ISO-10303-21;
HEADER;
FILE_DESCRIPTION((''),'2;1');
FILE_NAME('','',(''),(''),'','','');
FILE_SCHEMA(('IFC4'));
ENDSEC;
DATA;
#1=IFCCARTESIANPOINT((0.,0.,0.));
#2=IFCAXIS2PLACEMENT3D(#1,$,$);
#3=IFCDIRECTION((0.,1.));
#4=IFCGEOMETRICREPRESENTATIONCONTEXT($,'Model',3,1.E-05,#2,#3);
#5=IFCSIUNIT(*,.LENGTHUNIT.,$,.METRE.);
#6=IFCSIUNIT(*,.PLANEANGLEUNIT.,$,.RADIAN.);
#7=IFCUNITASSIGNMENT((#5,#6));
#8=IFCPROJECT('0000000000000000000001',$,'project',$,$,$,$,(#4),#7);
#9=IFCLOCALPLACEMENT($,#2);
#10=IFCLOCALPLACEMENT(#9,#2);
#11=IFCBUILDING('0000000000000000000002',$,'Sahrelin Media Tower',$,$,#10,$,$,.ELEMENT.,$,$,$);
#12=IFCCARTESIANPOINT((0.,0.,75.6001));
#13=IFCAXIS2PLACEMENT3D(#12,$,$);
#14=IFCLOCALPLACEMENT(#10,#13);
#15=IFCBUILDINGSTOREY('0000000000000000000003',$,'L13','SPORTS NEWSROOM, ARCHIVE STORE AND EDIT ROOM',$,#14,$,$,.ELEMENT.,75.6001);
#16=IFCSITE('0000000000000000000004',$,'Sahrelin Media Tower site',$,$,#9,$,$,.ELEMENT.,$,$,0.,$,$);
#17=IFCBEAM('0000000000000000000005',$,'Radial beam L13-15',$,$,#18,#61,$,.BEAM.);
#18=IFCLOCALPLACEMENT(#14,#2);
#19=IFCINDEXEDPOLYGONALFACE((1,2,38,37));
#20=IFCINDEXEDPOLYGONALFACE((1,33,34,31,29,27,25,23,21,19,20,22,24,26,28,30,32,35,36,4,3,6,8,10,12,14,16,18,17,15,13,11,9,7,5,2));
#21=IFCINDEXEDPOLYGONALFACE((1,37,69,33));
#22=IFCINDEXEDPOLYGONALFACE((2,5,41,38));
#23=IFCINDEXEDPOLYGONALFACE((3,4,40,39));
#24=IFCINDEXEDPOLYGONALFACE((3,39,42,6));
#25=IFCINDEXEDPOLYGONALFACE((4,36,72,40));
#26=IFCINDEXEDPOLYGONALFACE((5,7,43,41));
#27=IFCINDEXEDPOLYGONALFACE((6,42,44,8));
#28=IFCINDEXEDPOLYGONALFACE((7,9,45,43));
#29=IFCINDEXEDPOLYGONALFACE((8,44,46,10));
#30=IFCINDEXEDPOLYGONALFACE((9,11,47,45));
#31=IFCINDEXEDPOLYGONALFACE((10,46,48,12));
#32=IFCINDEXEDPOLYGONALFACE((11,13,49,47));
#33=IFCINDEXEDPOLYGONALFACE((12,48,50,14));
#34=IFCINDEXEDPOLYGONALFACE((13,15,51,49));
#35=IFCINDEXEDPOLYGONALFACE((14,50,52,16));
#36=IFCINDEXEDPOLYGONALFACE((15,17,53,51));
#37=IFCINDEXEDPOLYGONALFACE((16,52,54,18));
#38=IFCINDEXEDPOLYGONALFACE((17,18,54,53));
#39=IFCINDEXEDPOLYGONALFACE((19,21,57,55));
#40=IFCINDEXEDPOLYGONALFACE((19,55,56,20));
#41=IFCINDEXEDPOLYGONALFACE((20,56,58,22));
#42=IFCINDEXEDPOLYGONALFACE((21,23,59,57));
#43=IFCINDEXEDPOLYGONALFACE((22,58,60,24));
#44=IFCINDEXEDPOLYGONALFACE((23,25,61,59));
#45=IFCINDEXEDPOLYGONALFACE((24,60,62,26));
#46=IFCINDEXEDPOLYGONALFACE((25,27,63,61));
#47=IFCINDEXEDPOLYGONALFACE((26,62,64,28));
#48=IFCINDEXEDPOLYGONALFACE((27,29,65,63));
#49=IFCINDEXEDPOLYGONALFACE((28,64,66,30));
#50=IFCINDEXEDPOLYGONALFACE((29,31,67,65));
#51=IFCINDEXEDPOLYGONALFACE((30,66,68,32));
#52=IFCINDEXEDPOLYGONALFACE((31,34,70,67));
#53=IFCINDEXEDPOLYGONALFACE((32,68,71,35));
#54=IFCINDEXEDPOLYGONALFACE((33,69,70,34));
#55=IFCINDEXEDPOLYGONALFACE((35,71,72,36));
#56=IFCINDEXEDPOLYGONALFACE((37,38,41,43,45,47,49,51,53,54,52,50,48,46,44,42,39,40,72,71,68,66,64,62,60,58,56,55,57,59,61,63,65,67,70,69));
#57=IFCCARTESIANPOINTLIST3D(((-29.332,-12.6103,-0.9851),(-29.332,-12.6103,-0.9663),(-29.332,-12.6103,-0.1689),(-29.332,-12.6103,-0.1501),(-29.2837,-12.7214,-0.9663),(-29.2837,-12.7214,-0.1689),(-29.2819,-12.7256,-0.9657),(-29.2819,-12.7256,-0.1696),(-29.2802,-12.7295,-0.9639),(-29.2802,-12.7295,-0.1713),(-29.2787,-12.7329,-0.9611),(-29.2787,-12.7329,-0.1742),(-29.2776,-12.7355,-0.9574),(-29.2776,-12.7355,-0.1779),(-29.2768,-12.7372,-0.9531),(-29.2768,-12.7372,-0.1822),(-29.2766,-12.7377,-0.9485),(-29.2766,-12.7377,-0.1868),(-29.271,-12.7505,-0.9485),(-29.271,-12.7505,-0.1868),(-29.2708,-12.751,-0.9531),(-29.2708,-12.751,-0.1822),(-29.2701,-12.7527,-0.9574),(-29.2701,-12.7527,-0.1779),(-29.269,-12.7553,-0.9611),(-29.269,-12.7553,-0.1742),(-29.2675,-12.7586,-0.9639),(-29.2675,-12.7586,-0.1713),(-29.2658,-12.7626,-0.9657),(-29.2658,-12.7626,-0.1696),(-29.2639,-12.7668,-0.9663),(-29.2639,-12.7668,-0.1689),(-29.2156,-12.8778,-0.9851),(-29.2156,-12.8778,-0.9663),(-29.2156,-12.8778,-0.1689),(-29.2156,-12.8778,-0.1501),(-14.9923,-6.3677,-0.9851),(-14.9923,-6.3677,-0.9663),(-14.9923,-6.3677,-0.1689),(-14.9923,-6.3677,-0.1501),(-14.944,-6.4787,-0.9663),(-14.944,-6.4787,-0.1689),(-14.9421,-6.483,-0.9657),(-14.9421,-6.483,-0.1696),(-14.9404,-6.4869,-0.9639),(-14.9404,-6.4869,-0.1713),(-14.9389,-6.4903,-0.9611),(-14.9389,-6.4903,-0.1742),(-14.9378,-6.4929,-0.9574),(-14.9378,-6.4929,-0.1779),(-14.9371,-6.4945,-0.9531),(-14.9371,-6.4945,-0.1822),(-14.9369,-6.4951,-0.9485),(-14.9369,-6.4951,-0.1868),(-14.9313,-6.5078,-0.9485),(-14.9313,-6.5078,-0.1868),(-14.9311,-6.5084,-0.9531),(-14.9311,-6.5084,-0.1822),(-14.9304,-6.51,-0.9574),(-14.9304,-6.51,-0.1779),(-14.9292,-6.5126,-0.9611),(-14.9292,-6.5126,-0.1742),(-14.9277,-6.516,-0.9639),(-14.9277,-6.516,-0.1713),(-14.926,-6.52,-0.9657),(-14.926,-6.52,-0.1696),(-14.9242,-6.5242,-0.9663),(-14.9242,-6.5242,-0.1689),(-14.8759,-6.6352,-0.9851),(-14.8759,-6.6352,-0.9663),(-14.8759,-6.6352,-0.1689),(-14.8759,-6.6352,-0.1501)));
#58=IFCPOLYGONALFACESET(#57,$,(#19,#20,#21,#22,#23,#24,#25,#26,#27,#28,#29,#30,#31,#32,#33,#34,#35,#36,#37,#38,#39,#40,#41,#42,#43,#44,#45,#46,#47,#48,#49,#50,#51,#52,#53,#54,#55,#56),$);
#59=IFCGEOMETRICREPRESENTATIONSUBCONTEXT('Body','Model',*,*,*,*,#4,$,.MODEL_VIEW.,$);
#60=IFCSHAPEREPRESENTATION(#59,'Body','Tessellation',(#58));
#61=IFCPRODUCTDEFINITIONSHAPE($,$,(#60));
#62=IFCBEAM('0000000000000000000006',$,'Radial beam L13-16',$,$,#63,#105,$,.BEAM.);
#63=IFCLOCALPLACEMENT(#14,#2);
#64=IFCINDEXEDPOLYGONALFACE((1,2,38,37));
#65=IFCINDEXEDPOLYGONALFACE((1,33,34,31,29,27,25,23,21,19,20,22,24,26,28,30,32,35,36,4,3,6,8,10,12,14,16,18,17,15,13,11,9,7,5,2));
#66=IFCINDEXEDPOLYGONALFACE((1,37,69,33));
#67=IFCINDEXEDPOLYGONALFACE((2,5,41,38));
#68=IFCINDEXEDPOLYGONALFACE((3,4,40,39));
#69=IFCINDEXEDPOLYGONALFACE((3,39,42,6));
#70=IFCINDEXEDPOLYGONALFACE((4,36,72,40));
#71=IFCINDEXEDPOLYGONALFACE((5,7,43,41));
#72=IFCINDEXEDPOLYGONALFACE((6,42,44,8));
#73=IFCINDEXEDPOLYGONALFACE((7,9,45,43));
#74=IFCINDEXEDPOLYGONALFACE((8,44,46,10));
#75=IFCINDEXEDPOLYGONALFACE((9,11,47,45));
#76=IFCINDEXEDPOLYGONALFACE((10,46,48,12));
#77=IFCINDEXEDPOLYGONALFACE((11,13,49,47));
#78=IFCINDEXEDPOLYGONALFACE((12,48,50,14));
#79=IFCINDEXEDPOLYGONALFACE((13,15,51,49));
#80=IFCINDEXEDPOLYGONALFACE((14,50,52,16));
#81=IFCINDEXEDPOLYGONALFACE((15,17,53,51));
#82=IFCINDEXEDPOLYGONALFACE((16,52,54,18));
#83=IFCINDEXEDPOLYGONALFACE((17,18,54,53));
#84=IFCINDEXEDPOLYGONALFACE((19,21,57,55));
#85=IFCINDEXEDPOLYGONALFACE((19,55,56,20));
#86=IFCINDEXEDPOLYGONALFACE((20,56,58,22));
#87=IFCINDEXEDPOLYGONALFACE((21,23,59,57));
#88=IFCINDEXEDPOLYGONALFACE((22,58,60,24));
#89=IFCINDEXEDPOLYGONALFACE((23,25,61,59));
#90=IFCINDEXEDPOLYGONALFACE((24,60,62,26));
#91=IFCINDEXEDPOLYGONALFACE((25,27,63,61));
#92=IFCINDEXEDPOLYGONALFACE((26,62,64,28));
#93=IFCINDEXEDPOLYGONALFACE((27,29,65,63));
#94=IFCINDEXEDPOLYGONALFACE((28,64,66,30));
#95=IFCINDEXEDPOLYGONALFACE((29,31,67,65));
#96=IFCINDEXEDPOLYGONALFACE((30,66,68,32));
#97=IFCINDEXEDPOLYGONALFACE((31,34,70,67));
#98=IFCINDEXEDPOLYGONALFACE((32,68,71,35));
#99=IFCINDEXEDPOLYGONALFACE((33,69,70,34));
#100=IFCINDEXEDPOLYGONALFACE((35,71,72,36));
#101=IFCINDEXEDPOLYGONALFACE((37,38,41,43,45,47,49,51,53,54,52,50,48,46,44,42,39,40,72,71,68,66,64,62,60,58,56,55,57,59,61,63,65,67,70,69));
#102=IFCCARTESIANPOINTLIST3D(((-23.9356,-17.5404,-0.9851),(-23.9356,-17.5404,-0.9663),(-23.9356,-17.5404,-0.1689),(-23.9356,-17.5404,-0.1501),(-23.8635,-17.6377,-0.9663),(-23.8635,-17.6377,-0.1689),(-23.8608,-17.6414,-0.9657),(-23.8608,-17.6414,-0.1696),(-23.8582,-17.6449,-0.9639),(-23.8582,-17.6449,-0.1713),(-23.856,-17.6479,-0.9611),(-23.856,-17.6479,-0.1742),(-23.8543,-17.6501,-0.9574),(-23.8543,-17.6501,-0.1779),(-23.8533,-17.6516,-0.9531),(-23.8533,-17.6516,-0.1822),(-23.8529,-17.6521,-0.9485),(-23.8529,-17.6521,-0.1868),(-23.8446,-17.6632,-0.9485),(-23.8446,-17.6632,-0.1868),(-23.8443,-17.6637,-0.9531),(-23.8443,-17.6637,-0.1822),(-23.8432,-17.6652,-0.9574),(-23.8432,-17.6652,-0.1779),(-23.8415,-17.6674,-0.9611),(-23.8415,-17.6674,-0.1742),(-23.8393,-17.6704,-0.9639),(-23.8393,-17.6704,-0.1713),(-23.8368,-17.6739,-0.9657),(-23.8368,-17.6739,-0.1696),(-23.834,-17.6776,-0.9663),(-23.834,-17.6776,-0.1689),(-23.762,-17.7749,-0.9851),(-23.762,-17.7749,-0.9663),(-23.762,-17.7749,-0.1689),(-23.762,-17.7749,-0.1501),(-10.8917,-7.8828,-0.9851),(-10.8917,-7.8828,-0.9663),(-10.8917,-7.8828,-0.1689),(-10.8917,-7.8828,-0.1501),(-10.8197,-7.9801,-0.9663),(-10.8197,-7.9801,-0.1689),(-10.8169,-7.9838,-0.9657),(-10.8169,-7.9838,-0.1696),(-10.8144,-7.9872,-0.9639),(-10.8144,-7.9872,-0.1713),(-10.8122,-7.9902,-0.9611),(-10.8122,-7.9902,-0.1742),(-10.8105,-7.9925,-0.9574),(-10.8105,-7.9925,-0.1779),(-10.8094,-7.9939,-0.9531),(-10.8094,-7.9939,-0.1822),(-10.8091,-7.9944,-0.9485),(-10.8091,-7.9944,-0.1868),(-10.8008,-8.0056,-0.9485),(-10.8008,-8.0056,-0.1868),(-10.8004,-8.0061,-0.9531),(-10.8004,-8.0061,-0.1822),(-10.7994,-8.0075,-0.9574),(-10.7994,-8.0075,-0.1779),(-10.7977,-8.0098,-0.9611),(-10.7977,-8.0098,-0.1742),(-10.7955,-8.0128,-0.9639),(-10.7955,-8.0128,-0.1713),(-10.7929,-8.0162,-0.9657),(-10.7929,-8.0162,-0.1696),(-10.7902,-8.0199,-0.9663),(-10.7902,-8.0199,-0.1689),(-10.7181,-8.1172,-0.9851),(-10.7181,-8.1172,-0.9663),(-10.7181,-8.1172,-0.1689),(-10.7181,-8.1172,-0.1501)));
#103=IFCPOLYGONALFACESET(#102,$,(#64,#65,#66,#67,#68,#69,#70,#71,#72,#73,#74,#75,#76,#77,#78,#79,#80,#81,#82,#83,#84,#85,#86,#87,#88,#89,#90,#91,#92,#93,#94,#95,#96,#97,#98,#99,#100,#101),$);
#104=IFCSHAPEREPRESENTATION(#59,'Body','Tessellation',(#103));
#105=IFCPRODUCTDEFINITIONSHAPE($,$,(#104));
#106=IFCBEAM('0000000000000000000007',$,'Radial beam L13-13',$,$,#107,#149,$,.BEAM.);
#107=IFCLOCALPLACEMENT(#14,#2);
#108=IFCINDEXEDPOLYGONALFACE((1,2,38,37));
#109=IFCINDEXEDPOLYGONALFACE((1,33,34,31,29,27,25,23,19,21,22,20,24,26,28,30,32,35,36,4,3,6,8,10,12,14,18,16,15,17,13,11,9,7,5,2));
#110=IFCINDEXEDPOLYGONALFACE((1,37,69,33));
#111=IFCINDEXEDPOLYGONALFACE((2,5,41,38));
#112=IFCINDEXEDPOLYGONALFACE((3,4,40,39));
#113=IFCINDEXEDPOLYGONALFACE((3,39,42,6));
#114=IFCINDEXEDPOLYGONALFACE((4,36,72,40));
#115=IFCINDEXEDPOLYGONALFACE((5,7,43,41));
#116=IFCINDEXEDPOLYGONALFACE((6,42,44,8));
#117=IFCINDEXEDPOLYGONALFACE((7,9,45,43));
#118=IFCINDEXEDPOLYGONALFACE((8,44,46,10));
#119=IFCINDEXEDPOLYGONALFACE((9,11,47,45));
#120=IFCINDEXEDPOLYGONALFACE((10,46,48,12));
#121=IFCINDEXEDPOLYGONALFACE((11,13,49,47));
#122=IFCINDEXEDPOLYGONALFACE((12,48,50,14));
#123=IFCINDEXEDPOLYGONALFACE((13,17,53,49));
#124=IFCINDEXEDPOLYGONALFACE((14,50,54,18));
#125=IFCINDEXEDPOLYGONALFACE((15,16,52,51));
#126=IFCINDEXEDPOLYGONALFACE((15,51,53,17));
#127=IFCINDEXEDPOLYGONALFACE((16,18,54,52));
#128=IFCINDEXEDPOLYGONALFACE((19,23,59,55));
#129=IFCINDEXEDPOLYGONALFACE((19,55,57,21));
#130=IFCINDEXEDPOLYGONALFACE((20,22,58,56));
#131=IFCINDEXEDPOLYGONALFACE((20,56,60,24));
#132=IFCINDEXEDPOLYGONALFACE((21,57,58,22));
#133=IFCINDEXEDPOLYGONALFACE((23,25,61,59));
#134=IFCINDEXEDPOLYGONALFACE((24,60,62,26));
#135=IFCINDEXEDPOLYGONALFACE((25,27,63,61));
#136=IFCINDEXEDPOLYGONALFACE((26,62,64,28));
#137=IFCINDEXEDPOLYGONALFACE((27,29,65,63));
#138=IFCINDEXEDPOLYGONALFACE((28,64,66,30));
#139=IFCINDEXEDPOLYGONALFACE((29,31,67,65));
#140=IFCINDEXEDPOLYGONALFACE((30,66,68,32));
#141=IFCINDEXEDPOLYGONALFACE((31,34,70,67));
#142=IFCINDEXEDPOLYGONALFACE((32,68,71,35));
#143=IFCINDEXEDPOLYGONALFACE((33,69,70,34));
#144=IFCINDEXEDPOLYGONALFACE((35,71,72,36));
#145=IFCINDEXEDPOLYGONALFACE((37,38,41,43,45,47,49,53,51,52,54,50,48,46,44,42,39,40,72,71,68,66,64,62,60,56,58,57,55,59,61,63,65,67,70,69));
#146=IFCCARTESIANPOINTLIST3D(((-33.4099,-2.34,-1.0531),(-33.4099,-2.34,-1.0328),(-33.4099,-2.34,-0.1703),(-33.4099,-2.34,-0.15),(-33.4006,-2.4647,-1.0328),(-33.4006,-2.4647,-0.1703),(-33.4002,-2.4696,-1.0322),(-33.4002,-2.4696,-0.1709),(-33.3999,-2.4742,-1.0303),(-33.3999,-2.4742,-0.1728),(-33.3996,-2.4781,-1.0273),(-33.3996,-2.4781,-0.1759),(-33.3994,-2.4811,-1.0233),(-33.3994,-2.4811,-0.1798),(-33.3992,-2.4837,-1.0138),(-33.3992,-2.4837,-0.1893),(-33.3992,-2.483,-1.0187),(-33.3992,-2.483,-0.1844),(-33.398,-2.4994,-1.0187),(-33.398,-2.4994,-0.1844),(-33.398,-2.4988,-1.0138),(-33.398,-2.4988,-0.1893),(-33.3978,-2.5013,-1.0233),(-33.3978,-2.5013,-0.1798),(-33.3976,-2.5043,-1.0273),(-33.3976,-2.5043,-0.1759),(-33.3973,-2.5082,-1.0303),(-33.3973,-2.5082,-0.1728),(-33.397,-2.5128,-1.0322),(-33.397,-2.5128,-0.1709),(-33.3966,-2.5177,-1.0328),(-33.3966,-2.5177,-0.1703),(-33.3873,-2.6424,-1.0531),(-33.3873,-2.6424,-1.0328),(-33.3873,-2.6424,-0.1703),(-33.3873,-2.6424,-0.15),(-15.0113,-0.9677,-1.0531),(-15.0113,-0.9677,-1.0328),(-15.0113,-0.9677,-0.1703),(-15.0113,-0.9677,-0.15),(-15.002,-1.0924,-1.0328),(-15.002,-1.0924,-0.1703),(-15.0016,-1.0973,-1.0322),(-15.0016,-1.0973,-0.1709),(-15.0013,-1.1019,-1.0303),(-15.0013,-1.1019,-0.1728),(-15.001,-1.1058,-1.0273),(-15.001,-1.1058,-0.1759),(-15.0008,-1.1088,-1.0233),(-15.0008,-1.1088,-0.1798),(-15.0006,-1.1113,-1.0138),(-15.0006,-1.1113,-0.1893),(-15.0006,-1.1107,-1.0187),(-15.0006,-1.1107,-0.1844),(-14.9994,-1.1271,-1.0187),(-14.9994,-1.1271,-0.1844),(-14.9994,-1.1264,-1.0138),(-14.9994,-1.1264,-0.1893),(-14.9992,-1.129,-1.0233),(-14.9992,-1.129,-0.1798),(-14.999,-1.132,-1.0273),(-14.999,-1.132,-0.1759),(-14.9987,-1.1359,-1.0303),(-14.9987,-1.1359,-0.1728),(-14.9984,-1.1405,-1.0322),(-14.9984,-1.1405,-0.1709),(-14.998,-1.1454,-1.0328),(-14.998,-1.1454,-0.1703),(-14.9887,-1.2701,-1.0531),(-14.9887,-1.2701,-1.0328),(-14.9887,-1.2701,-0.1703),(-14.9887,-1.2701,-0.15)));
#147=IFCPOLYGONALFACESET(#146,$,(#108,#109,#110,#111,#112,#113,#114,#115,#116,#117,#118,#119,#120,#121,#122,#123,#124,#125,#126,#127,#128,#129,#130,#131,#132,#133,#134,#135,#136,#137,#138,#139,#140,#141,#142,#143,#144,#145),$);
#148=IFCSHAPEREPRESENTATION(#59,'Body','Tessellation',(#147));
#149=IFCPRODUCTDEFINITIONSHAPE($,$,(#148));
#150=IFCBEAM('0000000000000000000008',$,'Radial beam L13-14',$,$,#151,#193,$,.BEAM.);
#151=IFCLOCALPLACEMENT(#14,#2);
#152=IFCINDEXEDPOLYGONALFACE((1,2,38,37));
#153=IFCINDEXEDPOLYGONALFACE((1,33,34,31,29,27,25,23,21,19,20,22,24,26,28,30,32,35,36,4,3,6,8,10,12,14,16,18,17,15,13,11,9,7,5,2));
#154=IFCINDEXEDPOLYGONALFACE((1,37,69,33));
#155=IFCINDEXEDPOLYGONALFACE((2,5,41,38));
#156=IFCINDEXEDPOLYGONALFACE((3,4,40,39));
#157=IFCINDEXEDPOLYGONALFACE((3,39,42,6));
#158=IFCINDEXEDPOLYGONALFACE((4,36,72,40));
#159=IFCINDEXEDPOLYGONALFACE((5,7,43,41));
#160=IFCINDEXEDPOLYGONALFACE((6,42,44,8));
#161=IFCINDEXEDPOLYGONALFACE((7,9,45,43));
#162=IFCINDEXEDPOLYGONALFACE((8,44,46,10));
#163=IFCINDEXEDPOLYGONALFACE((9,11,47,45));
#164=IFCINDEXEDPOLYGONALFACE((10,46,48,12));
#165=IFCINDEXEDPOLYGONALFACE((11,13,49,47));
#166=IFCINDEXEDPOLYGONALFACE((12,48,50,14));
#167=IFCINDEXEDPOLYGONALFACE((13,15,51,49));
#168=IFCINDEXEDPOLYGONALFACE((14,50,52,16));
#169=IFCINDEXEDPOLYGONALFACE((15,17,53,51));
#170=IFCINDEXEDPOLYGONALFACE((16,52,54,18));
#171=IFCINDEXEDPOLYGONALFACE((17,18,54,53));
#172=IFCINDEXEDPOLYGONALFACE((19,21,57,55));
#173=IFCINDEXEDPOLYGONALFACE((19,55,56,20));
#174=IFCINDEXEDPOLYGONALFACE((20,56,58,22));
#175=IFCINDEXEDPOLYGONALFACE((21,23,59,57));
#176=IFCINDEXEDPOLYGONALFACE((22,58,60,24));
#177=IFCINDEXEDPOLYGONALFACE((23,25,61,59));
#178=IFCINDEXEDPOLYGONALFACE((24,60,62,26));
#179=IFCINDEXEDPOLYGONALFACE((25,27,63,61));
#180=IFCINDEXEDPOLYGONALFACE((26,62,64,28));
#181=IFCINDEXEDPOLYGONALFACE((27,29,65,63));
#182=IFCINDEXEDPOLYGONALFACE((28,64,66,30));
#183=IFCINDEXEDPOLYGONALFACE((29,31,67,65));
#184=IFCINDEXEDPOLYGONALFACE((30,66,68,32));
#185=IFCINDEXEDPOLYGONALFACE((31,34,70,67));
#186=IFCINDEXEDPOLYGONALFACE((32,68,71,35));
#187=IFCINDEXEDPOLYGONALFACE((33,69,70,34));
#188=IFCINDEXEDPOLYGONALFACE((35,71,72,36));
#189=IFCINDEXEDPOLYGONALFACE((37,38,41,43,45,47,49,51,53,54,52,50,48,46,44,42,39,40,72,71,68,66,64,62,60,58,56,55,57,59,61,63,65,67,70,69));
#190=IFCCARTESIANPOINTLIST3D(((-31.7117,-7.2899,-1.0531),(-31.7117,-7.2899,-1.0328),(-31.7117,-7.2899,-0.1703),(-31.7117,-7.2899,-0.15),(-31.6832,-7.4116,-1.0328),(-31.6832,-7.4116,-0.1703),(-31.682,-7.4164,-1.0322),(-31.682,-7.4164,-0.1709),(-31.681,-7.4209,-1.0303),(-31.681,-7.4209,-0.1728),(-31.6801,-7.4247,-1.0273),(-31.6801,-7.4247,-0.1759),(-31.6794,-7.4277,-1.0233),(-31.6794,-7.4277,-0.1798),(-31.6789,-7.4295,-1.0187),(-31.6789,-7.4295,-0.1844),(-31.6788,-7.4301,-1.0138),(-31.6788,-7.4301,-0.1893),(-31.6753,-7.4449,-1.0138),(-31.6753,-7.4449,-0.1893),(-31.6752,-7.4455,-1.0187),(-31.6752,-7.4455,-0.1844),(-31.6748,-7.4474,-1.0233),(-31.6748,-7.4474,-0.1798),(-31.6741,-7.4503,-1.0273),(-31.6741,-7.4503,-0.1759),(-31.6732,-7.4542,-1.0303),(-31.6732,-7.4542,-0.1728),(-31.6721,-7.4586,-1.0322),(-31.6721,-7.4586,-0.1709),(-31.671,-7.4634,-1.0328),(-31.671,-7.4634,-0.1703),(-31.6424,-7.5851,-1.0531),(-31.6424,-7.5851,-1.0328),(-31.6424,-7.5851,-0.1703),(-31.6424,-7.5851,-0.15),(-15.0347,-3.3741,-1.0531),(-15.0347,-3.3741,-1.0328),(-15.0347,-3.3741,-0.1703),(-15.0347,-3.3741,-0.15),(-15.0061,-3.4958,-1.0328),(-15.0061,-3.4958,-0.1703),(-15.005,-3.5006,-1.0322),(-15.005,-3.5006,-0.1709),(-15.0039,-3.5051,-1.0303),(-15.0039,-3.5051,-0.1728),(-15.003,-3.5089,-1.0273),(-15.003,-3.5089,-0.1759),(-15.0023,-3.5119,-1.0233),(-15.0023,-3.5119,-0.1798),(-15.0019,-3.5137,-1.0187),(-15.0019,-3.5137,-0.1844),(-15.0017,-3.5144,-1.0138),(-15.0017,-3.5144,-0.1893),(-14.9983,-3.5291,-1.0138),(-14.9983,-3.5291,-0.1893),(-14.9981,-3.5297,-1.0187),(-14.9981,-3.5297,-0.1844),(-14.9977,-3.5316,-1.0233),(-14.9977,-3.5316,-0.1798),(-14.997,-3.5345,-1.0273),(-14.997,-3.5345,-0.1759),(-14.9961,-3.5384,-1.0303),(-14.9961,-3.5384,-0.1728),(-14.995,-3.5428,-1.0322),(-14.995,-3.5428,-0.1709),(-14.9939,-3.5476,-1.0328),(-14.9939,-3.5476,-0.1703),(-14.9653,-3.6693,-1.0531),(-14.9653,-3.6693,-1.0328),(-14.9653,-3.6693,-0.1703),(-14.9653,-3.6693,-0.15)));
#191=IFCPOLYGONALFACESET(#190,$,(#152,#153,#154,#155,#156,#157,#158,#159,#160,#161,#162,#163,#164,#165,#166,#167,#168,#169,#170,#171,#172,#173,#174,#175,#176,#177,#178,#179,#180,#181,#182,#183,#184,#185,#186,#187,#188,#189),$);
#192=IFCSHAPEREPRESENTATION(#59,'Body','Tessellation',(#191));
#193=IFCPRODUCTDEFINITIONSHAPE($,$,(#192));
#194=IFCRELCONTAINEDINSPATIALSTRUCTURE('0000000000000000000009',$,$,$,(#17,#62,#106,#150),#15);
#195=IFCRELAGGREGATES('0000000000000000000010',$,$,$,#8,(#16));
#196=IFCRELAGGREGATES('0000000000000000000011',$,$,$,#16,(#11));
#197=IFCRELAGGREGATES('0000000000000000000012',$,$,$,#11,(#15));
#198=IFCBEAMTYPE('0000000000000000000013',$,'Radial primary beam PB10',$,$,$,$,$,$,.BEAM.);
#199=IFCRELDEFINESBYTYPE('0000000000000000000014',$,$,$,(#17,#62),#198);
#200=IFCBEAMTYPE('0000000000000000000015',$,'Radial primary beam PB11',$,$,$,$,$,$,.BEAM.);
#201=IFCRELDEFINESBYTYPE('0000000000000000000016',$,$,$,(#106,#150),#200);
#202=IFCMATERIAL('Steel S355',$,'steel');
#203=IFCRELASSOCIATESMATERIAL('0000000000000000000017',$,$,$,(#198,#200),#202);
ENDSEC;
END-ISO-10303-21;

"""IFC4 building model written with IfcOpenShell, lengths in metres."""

from ifc_helpers import new_model, si_unit, direction, frame, origin, origin_2d, place, context, subcontext, project, spatial, i_section, extrude, material, material_profile, profile_set, type_object, element, save


model = new_model("IFC4")

# Units and contexts
model_context = context("Model", 3, precision=1e-05, world=origin(), true_north=direction((0.0, 1.0)))
body_context = subcontext(model_context, "Body", "Model", "MODEL_VIEW")
ifc_project = project(units=[si_unit("LENGTHUNIT", "METRE"), si_unit("PLANEANGLEUNIT", "RADIAN")], contexts=[model_context])

# Site, building, storey
site_placement = place(None, origin())
site = spatial("IfcSite", under=ifc_project, at=site_placement, Name="Sahrelin Media Tower site", CompositionType="ELEMENT", RefElevation=0.0)
building_placement = place(site_placement, origin())
building = spatial("IfcBuilding", under=site, at=building_placement, Name="Sahrelin Media Tower", CompositionType="ELEMENT")
storey_placement = place(building_placement, frame((0.0, 0.0, 75.6001)))
storey = spatial("IfcBuildingStorey", under=building, at=storey_placement, Name="L13", Description="SPORTS NEWSROOM, ARCHIVE STORE AND EDIT ROOM", CompositionType="ELEMENT", Elevation=75.6001)

# Beams
ifc_material_1 = material(Name="Steel S355", Category="steel")
ifc_material_profile_1 = material_profile(ifc_material_1, i_section(OverallWidth=0.2917, OverallDepth=0.835, WebThickness=0.0139, FlangeThickness=0.0188, FilletRadius=0.0178, at=origin_2d()), Name="UB 838x292x176")
ifc_profile_set_1 = profile_set([ifc_material_profile_1], Name="Steel S355")
beam_type_1 = type_object("IfcBeamType", Name="Radial primary beam PB10", PredefinedType="BEAM", material=ifc_profile_set_1)
beam_1_placement = place(storey_placement, frame((-14.9341, -6.5015, -0.5676), z_axis=(-0.916884, -0.399154, 0.0), x_axis=(0.399154, -0.916884, 0.0)))
element("IfcBeam", 1, at=beam_1_placement, inside=storey, type_object=beam_type_1, Name="Radial beam L13-15", PredefinedType="BEAM", context=body_context, shape_type="SweptSolid", body=[
    extrude(i_section(OverallWidth=0.2917, OverallDepth=0.835, WebThickness=0.0139, FlangeThickness=0.0188, FilletRadius=0.0178, at=origin_2d()), origin(), (0.0, 0.0, 1.0), 15.6396),
])
beam_2_placement = place(storey_placement, frame((-10.8049, -8.0, -0.5676), z_axis=(-0.803689, -0.59505, 0.0), x_axis=(0.59505, -0.803689, 0.0)))
element("IfcBeam", 2, at=beam_2_placement, inside=storey, type_object=beam_type_1, Name="Radial beam L13-16", PredefinedType="BEAM", context=body_context, shape_type="SweptSolid", body=[
    extrude(i_section(OverallWidth=0.2917, OverallDepth=0.835, WebThickness=0.0139, FlangeThickness=0.0188, FilletRadius=0.0178, at=origin_2d()), origin(), (0.0, 0.0, 1.0), 16.23),
])
ifc_material_profile_2 = material_profile(ifc_material_1, i_section(OverallWidth=0.3032, OverallDepth=0.9031, WebThickness=0.0151, FlangeThickness=0.0203, FilletRadius=0.019, at=origin_2d()), Name="UB 914x305x201")
ifc_profile_set_2 = profile_set([ifc_material_profile_2], Name="Steel S355")
beam_type_2 = type_object("IfcBeamType", Name="Radial primary beam PB11", PredefinedType="BEAM", material=ifc_profile_set_2)
beam_3_placement = place(storey_placement, frame((-15.0, -1.1189, -0.6016), z_axis=(-0.99723, -0.074381, 0.0), x_axis=(0.074381, -0.99723, 0.0)))
element("IfcBeam", 3, at=beam_3_placement, inside=storey, type_object=beam_type_2, Name="Radial beam L13-13", PredefinedType="BEAM", context=body_context, shape_type="SweptSolid", body=[
    extrude(i_section(OverallWidth=0.3032, OverallDepth=0.9031, WebThickness=0.0151, FlangeThickness=0.0203, FilletRadius=0.019, at=origin_2d()), origin(), (0.0, 0.0, 1.0), 18.4497),
])
beam_4_placement = place(storey_placement, frame((-15.0, -3.5217, -0.6016), z_axis=(-0.973524, -0.228584, 0.0), x_axis=(0.228584, -0.973524, 0.0)))
element("IfcBeam", 4, at=beam_4_placement, inside=storey, type_object=beam_type_2, Name="Radial beam L13-14", PredefinedType="BEAM", context=body_context, shape_type="SweptSolid", body=[
    extrude(i_section(OverallWidth=0.3032, OverallDepth=0.9031, WebThickness=0.0151, FlangeThickness=0.0203, FilletRadius=0.019, at=origin_2d()), origin(), (0.0, 0.0, 1.0), 17.1306),
])

save(model, "model.ifc")
